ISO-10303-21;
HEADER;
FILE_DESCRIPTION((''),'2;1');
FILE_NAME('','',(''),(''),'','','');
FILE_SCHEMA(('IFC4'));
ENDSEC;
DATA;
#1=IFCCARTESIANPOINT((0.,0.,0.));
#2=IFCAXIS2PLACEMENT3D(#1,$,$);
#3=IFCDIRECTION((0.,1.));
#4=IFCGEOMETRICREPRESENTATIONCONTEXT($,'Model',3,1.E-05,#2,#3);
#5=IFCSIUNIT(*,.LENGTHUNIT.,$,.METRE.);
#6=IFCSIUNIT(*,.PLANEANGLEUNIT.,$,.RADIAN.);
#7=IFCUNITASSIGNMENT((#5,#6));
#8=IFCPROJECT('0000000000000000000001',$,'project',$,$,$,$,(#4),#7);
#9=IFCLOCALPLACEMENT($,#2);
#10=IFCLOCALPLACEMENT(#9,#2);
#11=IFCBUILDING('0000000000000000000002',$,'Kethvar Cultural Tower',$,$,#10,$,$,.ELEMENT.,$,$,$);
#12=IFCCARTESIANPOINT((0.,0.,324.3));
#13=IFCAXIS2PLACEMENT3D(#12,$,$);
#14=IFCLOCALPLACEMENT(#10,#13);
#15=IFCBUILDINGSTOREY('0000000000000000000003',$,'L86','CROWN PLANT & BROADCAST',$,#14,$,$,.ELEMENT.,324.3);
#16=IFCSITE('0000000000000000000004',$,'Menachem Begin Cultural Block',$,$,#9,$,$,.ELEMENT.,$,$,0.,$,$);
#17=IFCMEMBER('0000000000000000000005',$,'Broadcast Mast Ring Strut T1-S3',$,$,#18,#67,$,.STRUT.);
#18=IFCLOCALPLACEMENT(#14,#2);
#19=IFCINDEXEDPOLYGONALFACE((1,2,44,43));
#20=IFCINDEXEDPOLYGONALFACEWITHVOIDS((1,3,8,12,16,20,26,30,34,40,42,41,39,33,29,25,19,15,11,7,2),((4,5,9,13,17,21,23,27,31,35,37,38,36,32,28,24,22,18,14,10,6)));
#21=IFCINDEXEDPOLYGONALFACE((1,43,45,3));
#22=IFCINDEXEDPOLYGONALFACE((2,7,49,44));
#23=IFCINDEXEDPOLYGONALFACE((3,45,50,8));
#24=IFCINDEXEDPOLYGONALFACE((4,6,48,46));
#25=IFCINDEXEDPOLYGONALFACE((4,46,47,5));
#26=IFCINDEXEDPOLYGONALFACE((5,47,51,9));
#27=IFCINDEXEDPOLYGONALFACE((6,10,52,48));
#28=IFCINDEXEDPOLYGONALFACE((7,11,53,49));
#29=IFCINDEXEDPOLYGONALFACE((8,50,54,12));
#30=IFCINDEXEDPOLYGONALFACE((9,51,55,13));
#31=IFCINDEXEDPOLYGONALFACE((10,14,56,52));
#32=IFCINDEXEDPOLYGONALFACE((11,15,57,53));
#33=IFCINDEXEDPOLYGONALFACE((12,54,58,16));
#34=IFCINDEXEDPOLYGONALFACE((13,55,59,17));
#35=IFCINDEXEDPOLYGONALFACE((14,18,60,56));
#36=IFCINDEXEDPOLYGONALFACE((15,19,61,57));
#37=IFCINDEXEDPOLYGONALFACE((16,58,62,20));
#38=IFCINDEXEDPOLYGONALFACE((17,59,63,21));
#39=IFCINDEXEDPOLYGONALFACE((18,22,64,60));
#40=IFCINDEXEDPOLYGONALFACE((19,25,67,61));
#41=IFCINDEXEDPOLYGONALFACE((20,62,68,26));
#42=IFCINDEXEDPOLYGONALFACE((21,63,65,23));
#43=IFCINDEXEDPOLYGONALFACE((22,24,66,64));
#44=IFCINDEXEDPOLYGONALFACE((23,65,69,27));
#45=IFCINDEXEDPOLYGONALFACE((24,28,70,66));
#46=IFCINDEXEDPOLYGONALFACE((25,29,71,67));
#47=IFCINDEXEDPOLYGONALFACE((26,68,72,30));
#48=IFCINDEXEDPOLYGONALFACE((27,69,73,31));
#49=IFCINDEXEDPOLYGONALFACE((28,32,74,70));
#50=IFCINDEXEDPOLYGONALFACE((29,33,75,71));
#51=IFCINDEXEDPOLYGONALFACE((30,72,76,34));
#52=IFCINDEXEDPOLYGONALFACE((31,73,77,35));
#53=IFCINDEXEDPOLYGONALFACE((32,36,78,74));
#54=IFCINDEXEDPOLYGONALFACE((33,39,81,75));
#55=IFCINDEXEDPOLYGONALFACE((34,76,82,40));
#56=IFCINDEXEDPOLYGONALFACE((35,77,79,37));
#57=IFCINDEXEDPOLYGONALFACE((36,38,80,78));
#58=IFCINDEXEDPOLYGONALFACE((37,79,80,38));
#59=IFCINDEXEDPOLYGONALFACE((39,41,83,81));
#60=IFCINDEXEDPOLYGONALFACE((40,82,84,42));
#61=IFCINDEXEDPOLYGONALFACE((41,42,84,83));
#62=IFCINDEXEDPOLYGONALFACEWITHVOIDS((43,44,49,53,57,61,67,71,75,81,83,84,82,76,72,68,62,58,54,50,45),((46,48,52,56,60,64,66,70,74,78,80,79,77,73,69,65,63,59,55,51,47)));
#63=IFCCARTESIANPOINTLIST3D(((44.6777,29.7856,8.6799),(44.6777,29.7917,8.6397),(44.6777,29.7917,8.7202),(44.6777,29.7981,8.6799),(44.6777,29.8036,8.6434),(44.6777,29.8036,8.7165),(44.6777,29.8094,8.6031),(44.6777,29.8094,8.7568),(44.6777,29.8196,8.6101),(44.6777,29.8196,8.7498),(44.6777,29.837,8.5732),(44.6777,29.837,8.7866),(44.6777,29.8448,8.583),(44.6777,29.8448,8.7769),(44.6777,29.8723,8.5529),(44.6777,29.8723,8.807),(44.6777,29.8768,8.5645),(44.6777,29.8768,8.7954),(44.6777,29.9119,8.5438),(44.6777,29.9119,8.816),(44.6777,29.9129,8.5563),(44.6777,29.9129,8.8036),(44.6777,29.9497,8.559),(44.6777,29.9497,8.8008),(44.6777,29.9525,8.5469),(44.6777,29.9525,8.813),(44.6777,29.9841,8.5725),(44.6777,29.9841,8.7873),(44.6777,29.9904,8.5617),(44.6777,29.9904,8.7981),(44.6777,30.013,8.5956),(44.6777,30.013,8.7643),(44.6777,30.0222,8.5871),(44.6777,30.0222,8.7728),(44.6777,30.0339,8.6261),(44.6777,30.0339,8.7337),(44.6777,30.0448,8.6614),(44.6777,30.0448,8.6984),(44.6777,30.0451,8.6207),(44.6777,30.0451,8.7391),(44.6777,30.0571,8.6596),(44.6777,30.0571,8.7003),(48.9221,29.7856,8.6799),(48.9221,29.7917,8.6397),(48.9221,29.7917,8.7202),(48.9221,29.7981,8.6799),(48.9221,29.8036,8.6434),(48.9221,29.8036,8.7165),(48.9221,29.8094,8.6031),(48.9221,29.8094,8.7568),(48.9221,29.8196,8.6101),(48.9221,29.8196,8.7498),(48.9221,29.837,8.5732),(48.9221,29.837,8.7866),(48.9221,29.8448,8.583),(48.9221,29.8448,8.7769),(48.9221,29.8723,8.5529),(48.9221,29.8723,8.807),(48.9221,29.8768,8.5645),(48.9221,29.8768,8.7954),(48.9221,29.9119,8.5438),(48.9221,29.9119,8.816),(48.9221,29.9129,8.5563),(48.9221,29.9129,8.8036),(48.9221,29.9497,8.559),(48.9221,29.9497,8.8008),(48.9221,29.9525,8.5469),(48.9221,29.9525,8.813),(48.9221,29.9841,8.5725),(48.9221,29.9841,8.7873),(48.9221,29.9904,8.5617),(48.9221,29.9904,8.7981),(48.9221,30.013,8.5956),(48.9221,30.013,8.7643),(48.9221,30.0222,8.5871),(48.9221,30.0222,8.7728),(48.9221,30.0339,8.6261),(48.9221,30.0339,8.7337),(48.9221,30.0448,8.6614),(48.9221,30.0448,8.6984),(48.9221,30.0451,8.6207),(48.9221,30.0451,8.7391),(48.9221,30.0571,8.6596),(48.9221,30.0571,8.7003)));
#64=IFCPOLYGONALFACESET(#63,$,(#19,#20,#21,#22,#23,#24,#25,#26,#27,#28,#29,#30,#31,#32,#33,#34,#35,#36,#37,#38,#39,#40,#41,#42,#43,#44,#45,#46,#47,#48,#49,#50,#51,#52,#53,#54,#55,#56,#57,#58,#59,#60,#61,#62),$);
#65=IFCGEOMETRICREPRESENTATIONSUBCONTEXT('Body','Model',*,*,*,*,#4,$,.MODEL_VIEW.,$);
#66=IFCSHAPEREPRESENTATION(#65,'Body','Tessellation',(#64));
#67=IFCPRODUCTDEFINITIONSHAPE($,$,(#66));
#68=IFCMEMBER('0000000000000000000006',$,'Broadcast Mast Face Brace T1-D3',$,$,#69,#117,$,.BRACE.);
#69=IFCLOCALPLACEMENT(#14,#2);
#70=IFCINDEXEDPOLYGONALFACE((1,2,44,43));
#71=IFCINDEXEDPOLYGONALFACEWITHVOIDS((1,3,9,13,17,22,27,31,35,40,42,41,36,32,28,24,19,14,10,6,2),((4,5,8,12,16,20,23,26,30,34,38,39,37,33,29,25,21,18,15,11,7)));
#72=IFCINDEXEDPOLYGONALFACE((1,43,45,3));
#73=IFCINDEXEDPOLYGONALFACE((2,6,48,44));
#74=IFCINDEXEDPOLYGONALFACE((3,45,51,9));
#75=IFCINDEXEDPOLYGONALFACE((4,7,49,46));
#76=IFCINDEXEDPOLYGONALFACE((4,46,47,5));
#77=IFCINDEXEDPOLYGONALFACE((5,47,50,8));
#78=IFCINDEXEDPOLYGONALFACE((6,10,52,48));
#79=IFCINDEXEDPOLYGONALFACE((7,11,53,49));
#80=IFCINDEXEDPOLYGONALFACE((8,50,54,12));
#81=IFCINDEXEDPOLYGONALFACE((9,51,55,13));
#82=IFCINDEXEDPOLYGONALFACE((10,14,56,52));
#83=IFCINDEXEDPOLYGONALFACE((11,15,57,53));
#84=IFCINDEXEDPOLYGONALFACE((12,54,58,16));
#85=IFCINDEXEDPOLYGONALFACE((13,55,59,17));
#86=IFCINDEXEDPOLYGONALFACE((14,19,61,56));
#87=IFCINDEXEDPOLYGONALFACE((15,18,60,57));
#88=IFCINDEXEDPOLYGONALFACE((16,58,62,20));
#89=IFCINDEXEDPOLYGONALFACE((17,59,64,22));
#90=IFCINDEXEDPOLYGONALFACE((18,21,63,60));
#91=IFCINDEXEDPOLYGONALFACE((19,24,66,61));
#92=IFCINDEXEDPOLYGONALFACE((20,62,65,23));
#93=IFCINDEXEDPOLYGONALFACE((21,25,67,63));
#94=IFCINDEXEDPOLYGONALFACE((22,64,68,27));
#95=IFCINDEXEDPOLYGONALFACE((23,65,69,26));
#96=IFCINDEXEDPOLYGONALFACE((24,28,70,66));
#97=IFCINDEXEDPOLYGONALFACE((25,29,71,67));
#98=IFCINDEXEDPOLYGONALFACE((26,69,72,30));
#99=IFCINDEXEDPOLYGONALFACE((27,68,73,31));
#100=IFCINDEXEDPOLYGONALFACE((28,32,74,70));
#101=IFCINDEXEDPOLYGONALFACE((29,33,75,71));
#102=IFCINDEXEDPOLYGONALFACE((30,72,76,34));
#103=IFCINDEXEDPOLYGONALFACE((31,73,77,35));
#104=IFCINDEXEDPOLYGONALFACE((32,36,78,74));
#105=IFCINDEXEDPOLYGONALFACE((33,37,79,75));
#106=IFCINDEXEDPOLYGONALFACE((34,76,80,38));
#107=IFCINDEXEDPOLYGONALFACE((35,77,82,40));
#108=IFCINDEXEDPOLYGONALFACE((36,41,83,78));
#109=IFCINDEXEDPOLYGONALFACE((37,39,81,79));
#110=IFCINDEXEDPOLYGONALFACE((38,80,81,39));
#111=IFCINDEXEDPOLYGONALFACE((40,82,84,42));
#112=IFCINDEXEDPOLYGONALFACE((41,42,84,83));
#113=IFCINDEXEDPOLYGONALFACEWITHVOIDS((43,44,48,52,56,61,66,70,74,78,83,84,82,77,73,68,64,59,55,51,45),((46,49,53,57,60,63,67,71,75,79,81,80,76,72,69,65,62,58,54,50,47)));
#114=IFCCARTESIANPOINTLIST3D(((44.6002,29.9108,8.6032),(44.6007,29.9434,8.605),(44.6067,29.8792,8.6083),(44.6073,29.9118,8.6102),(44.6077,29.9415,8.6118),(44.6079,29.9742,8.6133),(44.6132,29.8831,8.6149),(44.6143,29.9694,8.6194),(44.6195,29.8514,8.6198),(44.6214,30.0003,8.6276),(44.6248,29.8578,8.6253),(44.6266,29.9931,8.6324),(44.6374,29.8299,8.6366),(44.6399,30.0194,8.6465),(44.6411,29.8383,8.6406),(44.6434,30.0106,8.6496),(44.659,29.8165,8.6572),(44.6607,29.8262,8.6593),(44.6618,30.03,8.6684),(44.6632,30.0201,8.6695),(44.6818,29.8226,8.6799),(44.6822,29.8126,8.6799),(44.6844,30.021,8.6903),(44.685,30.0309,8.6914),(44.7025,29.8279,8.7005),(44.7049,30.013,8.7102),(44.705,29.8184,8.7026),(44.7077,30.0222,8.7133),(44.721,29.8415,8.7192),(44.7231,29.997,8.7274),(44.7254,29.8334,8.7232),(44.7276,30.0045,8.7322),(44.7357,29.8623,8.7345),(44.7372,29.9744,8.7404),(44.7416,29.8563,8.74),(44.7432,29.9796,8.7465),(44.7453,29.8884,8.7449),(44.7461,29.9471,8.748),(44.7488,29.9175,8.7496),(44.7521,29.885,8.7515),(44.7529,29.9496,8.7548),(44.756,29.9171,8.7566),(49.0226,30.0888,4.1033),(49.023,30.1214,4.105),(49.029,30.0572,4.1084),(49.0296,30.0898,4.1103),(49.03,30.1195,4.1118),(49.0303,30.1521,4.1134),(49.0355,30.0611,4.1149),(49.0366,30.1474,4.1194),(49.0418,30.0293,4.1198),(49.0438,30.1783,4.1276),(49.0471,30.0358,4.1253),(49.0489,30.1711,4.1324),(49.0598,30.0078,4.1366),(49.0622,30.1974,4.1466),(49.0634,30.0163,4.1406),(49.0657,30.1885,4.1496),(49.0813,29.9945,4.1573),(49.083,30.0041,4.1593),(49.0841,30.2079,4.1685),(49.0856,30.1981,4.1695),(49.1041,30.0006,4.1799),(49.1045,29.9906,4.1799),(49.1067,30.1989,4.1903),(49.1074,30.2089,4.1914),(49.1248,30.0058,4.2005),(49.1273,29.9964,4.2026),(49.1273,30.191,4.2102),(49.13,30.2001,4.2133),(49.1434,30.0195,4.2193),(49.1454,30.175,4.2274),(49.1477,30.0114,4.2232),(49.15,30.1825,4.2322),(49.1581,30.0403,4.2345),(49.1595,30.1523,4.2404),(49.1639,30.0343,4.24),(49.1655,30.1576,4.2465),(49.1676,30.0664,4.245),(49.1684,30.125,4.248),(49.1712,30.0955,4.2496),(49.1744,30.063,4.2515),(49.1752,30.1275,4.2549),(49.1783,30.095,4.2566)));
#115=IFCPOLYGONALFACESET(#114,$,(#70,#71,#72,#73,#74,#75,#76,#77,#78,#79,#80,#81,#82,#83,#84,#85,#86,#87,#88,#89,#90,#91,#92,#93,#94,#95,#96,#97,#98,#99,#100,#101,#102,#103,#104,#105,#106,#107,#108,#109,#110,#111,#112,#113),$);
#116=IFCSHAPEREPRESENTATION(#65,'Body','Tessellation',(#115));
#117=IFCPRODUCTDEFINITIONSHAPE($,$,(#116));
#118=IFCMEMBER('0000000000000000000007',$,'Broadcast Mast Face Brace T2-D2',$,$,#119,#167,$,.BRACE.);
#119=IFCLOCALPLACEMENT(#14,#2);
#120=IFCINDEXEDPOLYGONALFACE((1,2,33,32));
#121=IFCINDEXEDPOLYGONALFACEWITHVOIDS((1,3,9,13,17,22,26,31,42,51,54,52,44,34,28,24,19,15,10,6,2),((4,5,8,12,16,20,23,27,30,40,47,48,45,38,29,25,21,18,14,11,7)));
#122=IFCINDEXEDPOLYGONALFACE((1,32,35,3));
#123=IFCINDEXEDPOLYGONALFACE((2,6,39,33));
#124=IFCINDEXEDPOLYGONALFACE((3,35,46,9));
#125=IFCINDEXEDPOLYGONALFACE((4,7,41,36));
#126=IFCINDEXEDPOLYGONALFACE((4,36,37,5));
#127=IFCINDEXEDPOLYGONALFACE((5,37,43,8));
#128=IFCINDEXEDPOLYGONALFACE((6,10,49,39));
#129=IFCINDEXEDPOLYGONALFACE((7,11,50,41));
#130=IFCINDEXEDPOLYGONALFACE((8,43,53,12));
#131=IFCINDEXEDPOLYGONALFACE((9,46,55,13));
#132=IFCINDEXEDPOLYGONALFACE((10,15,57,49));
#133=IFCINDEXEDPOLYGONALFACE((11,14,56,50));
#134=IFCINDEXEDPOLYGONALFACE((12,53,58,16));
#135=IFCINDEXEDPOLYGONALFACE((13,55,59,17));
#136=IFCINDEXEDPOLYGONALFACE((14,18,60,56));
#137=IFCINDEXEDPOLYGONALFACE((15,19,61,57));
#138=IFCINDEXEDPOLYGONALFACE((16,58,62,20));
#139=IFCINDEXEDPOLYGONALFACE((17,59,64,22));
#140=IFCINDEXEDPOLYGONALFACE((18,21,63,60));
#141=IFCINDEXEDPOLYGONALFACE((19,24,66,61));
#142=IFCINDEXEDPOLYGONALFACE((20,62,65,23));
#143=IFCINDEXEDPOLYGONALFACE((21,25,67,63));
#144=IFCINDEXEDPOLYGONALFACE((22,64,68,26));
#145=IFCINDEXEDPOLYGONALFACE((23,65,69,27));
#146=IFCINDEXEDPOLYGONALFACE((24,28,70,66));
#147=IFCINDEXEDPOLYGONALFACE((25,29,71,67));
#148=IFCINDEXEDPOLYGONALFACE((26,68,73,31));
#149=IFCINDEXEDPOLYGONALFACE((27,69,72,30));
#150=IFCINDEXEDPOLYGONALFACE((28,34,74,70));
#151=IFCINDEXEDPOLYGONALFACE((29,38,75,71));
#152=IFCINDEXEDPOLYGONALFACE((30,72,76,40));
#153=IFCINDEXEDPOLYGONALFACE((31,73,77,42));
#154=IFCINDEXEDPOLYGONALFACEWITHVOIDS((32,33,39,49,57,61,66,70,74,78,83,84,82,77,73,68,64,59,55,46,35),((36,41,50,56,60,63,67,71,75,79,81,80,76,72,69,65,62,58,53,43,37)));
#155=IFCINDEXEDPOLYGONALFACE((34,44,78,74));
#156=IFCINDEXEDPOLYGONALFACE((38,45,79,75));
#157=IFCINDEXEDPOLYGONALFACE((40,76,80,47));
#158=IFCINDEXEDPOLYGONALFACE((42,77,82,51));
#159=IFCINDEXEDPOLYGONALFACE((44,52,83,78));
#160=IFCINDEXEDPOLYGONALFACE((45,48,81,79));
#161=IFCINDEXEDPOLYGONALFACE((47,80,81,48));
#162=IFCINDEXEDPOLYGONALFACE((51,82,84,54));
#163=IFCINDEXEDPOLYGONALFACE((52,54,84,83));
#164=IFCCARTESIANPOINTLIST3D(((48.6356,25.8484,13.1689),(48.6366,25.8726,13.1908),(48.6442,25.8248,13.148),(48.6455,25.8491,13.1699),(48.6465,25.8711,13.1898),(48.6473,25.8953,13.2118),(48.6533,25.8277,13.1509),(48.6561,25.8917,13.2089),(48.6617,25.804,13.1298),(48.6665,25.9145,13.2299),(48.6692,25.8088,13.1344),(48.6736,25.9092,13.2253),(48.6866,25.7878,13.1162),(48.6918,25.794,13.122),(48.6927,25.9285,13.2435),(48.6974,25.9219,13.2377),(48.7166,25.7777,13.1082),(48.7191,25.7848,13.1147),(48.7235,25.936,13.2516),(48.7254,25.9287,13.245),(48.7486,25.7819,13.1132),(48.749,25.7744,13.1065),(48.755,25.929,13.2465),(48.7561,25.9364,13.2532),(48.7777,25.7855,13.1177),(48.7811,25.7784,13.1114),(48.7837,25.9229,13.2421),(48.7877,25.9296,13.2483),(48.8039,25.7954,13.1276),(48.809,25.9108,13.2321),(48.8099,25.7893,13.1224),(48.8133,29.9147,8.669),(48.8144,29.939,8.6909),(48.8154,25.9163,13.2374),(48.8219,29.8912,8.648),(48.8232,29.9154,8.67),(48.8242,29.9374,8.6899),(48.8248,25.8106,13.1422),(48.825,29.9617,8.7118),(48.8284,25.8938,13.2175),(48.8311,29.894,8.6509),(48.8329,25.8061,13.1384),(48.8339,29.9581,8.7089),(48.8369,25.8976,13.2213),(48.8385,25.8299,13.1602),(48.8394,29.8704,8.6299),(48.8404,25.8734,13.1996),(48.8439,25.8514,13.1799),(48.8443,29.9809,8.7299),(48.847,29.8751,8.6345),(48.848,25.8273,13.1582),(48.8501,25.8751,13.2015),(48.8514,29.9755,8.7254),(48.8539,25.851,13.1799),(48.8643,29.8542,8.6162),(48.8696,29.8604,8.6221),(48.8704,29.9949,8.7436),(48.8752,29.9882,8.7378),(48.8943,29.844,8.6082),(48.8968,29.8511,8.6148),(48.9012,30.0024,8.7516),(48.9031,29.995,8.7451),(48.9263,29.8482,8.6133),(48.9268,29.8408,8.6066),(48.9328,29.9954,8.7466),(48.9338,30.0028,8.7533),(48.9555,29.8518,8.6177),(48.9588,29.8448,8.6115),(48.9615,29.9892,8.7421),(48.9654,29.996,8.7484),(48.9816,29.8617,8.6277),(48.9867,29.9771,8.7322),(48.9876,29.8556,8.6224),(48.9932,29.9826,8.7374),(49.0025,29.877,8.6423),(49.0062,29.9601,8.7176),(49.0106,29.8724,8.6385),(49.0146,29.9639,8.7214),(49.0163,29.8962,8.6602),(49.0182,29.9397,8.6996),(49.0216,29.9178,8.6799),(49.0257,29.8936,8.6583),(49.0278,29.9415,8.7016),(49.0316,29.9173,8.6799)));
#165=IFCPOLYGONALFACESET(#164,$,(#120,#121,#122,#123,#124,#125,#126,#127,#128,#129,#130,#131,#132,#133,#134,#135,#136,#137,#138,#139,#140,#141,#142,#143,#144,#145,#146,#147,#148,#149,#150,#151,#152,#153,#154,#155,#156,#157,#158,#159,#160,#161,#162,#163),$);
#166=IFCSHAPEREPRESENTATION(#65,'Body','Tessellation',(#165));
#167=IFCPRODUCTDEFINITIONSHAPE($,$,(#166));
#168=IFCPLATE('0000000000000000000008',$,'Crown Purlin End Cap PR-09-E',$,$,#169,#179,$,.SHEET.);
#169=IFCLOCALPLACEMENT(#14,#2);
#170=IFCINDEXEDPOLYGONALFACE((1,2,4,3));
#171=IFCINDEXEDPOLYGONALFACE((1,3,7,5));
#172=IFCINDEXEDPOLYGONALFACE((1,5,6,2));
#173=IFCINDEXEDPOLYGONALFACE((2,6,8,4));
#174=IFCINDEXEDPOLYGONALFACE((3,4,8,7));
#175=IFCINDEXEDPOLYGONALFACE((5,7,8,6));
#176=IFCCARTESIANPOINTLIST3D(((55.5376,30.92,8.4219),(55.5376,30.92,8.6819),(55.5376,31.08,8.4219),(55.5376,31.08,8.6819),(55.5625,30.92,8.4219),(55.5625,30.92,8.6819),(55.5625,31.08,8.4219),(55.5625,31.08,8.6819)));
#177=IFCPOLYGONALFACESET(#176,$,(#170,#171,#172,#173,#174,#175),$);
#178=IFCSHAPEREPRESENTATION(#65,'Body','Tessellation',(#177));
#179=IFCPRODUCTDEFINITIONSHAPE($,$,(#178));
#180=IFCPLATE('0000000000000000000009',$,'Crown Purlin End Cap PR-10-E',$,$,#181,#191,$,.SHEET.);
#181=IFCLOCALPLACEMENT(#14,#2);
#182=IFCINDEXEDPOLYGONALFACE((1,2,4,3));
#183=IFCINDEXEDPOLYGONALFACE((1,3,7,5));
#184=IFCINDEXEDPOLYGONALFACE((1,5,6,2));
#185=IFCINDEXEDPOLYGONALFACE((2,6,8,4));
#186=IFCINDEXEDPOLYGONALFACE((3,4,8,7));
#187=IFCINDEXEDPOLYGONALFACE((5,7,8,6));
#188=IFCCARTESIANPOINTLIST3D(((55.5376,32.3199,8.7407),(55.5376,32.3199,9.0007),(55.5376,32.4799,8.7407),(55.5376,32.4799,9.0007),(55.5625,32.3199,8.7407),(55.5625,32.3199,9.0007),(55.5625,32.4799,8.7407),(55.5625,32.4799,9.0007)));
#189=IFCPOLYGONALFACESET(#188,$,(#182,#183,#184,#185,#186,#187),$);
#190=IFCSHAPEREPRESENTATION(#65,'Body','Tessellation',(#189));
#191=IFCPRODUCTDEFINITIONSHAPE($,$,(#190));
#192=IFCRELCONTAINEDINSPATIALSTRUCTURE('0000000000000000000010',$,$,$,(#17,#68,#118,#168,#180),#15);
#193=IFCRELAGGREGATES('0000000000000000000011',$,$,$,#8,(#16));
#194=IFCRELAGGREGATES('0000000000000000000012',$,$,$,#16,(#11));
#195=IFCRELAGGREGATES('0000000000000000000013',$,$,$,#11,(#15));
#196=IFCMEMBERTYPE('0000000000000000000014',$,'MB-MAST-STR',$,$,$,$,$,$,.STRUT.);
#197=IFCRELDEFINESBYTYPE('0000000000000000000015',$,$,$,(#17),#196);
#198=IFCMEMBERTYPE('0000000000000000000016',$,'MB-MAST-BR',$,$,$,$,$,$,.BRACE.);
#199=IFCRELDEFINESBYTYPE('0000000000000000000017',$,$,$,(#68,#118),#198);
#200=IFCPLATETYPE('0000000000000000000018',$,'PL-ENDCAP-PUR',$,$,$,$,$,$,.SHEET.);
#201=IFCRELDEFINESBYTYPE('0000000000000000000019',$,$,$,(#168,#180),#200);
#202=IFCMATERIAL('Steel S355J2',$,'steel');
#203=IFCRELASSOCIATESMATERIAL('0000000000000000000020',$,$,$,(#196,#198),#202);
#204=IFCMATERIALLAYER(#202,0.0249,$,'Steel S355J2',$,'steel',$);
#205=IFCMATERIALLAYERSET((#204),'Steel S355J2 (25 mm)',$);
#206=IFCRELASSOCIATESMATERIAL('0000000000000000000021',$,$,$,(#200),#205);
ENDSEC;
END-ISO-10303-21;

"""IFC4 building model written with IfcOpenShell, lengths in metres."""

from ifc_helpers import new_model, si_unit, direction, frame, origin, origin_2d, place, context, subcontext, project, spatial, rectangle, hollow_circle, extrude, source, transform, mapped, material, layer, layer_set, material_profile, profile_set, type_object, element, save


model = new_model("IFC4")

# Units and contexts
model_context = context("Model", 3, precision=1e-05, world=origin(), true_north=direction((0.0, 1.0)))
body_context = subcontext(model_context, "Body", "Model", "MODEL_VIEW")
ifc_project = project(units=[si_unit("LENGTHUNIT", "METRE"), si_unit("PLANEANGLEUNIT", "RADIAN")], contexts=[model_context])

# Site, building, storey
site_placement = place(None, origin())
site = spatial("IfcSite", under=ifc_project, at=site_placement, Name="Menachem Begin Cultural Block", CompositionType="ELEMENT", RefElevation=0.0)
building_placement = place(site_placement, origin())
building = spatial("IfcBuilding", under=site, at=building_placement, Name="Kethvar Cultural Tower", CompositionType="ELEMENT")
storey_placement = place(building_placement, frame((0.0, 0.0, 324.3)))
storey = spatial("IfcBuildingStorey", under=building, at=storey_placement, Name="L86", Description="CROWN PLANT & BROADCAST", CompositionType="ELEMENT", Elevation=324.3)

# Shared definitions
ifc_material_1 = material(Name="Steel S355J2", Category="steel")

# Members
ifc_material_profile_1 = material_profile(ifc_material_1, hollow_circle(Radius=0.1365, WallThickness=0.0125, at=origin_2d()), Name="Steel S355J2 — CHS273x12.5")
ifc_profile_set_1 = profile_set([ifc_material_profile_1], Name="Steel S355J2 — CHS273x12.5")
member_type_1 = type_object("IfcMemberType", Name="MB-MAST-STR", PredefinedType="STRUT", material=ifc_profile_set_1)
shared_shape_1 = source(origin(), body_context, "Body", "SweptSolid", [
    extrude(hollow_circle(Radius=0.1365, WallThickness=0.0125, at=origin_2d()), origin(), (0.0, 0.0, 1.0), 4.2444),
])
member_1_placement = place(storey_placement, frame((48.9221, 29.9221, 8.6799), z_axis=(-1.0, 0.0, 0.0), x_axis=(0.0, -1.0, 0.0)))
element("IfcMember", 1, at=member_1_placement, inside=storey, type_object=member_type_1, Name="Broadcast Mast Ring Strut T1-S3", PredefinedType="STRUT", context=body_context, shape_type="MappedRepresentation", body=[
    mapped(shared_shape_1, transform((0.0, 0.0, 0.0), scale=1.0)),
])
ifc_material_profile_2 = material_profile(ifc_material_1, hollow_circle(Radius=0.1096, WallThickness=0.01, at=origin_2d()), Name="Steel S355J2 — CHS219x10")
ifc_profile_set_2 = profile_set([ifc_material_profile_2], Name="Steel S355J2 — CHS219x10")
member_type_2 = type_object("IfcMemberType", Name="MB-MAST-BR", PredefinedType="BRACE", material=ifc_profile_set_2)
shared_shape_2 = source(origin(), body_context, "Body", "SweptSolid", [
    extrude(hollow_circle(Radius=0.1096, WallThickness=0.01, at=origin_2d()), origin(), (0.0, 0.0, 1.0), 6.3118),
])
member_2_placement = place(storey_placement, frame((49.1001, 30.1001, 4.1799), z_axis=(-0.700649, -0.028198, 0.712949), x_axis=(0.040213, -0.999191, 0.0)))
element("IfcMember", 2, at=member_2_placement, inside=storey, type_object=member_type_2, Name="Broadcast Mast Face Brace T1-D3", PredefinedType="BRACE", context=body_context, shape_type="MappedRepresentation", body=[
    mapped(shared_shape_2, transform((0.0, 0.0, 0.0), scale=1.0)),
])
shared_shape_3 = source(origin(), body_context, "Body", "SweptSolid", [
    extrude(hollow_circle(Radius=0.1096, WallThickness=0.01, at=origin_2d()), origin(), (0.0, 0.0, 1.0), 6.0676),
])
member_3_placement = place(storey_placement, frame((48.9221, 29.9221, 8.6799), z_axis=(-0.029292, -0.67017, 0.741629), x_axis=(0.999046, -0.043666, 0.0)))
element("IfcMember", 3, at=member_3_placement, inside=storey, type_object=member_type_2, Name="Broadcast Mast Face Brace T2-D2", PredefinedType="BRACE", context=body_context, shape_type="MappedRepresentation", body=[
    mapped(shared_shape_3, transform((0.0, 0.0, 0.0), scale=1.0)),
])

# Plates
ifc_layer_1 = layer(ifc_material_1, 0.0249, Name="Steel S355J2", Category="steel")
ifc_layer_set_1 = layer_set([ifc_layer_1], Name="Steel S355J2 (25 mm)")
plate_type_1 = type_object("IfcPlateType", Name="PL-ENDCAP-PUR", PredefinedType="SHEET", material=ifc_layer_set_1)
shared_shape_4 = source(origin(), body_context, "Body", "SweptSolid", [
    extrude(rectangle(XDim=0.0249, YDim=0.1599, at=origin_2d()), origin(), (0.0, 0.0, 1.0), 0.26),
])
for number, where, z_axis, x_axis, name in (
    (4, (55.55, 31.0, 8.4219), (0.0, 0.0, 1.0), (1.0, 0.0, 0.0), "Crown Purlin End Cap PR-09-E"),
    (5, (55.55, 32.3999, 8.7407), (0.0, 0.0, 1.0), (1.0, 0.0, 0.0), "Crown Purlin End Cap PR-10-E"),
):
    element("IfcPlate", number, at=place(storey_placement, frame(where, z_axis=z_axis, x_axis=x_axis)), inside=storey, type_object=plate_type_1, Name=name, PredefinedType="SHEET", context=body_context, shape_type="MappedRepresentation", body=[
        mapped(shared_shape_4, transform((0.0, 0.0, 0.0), scale=1.0)),
    ])

save(model, "model.ifc")
